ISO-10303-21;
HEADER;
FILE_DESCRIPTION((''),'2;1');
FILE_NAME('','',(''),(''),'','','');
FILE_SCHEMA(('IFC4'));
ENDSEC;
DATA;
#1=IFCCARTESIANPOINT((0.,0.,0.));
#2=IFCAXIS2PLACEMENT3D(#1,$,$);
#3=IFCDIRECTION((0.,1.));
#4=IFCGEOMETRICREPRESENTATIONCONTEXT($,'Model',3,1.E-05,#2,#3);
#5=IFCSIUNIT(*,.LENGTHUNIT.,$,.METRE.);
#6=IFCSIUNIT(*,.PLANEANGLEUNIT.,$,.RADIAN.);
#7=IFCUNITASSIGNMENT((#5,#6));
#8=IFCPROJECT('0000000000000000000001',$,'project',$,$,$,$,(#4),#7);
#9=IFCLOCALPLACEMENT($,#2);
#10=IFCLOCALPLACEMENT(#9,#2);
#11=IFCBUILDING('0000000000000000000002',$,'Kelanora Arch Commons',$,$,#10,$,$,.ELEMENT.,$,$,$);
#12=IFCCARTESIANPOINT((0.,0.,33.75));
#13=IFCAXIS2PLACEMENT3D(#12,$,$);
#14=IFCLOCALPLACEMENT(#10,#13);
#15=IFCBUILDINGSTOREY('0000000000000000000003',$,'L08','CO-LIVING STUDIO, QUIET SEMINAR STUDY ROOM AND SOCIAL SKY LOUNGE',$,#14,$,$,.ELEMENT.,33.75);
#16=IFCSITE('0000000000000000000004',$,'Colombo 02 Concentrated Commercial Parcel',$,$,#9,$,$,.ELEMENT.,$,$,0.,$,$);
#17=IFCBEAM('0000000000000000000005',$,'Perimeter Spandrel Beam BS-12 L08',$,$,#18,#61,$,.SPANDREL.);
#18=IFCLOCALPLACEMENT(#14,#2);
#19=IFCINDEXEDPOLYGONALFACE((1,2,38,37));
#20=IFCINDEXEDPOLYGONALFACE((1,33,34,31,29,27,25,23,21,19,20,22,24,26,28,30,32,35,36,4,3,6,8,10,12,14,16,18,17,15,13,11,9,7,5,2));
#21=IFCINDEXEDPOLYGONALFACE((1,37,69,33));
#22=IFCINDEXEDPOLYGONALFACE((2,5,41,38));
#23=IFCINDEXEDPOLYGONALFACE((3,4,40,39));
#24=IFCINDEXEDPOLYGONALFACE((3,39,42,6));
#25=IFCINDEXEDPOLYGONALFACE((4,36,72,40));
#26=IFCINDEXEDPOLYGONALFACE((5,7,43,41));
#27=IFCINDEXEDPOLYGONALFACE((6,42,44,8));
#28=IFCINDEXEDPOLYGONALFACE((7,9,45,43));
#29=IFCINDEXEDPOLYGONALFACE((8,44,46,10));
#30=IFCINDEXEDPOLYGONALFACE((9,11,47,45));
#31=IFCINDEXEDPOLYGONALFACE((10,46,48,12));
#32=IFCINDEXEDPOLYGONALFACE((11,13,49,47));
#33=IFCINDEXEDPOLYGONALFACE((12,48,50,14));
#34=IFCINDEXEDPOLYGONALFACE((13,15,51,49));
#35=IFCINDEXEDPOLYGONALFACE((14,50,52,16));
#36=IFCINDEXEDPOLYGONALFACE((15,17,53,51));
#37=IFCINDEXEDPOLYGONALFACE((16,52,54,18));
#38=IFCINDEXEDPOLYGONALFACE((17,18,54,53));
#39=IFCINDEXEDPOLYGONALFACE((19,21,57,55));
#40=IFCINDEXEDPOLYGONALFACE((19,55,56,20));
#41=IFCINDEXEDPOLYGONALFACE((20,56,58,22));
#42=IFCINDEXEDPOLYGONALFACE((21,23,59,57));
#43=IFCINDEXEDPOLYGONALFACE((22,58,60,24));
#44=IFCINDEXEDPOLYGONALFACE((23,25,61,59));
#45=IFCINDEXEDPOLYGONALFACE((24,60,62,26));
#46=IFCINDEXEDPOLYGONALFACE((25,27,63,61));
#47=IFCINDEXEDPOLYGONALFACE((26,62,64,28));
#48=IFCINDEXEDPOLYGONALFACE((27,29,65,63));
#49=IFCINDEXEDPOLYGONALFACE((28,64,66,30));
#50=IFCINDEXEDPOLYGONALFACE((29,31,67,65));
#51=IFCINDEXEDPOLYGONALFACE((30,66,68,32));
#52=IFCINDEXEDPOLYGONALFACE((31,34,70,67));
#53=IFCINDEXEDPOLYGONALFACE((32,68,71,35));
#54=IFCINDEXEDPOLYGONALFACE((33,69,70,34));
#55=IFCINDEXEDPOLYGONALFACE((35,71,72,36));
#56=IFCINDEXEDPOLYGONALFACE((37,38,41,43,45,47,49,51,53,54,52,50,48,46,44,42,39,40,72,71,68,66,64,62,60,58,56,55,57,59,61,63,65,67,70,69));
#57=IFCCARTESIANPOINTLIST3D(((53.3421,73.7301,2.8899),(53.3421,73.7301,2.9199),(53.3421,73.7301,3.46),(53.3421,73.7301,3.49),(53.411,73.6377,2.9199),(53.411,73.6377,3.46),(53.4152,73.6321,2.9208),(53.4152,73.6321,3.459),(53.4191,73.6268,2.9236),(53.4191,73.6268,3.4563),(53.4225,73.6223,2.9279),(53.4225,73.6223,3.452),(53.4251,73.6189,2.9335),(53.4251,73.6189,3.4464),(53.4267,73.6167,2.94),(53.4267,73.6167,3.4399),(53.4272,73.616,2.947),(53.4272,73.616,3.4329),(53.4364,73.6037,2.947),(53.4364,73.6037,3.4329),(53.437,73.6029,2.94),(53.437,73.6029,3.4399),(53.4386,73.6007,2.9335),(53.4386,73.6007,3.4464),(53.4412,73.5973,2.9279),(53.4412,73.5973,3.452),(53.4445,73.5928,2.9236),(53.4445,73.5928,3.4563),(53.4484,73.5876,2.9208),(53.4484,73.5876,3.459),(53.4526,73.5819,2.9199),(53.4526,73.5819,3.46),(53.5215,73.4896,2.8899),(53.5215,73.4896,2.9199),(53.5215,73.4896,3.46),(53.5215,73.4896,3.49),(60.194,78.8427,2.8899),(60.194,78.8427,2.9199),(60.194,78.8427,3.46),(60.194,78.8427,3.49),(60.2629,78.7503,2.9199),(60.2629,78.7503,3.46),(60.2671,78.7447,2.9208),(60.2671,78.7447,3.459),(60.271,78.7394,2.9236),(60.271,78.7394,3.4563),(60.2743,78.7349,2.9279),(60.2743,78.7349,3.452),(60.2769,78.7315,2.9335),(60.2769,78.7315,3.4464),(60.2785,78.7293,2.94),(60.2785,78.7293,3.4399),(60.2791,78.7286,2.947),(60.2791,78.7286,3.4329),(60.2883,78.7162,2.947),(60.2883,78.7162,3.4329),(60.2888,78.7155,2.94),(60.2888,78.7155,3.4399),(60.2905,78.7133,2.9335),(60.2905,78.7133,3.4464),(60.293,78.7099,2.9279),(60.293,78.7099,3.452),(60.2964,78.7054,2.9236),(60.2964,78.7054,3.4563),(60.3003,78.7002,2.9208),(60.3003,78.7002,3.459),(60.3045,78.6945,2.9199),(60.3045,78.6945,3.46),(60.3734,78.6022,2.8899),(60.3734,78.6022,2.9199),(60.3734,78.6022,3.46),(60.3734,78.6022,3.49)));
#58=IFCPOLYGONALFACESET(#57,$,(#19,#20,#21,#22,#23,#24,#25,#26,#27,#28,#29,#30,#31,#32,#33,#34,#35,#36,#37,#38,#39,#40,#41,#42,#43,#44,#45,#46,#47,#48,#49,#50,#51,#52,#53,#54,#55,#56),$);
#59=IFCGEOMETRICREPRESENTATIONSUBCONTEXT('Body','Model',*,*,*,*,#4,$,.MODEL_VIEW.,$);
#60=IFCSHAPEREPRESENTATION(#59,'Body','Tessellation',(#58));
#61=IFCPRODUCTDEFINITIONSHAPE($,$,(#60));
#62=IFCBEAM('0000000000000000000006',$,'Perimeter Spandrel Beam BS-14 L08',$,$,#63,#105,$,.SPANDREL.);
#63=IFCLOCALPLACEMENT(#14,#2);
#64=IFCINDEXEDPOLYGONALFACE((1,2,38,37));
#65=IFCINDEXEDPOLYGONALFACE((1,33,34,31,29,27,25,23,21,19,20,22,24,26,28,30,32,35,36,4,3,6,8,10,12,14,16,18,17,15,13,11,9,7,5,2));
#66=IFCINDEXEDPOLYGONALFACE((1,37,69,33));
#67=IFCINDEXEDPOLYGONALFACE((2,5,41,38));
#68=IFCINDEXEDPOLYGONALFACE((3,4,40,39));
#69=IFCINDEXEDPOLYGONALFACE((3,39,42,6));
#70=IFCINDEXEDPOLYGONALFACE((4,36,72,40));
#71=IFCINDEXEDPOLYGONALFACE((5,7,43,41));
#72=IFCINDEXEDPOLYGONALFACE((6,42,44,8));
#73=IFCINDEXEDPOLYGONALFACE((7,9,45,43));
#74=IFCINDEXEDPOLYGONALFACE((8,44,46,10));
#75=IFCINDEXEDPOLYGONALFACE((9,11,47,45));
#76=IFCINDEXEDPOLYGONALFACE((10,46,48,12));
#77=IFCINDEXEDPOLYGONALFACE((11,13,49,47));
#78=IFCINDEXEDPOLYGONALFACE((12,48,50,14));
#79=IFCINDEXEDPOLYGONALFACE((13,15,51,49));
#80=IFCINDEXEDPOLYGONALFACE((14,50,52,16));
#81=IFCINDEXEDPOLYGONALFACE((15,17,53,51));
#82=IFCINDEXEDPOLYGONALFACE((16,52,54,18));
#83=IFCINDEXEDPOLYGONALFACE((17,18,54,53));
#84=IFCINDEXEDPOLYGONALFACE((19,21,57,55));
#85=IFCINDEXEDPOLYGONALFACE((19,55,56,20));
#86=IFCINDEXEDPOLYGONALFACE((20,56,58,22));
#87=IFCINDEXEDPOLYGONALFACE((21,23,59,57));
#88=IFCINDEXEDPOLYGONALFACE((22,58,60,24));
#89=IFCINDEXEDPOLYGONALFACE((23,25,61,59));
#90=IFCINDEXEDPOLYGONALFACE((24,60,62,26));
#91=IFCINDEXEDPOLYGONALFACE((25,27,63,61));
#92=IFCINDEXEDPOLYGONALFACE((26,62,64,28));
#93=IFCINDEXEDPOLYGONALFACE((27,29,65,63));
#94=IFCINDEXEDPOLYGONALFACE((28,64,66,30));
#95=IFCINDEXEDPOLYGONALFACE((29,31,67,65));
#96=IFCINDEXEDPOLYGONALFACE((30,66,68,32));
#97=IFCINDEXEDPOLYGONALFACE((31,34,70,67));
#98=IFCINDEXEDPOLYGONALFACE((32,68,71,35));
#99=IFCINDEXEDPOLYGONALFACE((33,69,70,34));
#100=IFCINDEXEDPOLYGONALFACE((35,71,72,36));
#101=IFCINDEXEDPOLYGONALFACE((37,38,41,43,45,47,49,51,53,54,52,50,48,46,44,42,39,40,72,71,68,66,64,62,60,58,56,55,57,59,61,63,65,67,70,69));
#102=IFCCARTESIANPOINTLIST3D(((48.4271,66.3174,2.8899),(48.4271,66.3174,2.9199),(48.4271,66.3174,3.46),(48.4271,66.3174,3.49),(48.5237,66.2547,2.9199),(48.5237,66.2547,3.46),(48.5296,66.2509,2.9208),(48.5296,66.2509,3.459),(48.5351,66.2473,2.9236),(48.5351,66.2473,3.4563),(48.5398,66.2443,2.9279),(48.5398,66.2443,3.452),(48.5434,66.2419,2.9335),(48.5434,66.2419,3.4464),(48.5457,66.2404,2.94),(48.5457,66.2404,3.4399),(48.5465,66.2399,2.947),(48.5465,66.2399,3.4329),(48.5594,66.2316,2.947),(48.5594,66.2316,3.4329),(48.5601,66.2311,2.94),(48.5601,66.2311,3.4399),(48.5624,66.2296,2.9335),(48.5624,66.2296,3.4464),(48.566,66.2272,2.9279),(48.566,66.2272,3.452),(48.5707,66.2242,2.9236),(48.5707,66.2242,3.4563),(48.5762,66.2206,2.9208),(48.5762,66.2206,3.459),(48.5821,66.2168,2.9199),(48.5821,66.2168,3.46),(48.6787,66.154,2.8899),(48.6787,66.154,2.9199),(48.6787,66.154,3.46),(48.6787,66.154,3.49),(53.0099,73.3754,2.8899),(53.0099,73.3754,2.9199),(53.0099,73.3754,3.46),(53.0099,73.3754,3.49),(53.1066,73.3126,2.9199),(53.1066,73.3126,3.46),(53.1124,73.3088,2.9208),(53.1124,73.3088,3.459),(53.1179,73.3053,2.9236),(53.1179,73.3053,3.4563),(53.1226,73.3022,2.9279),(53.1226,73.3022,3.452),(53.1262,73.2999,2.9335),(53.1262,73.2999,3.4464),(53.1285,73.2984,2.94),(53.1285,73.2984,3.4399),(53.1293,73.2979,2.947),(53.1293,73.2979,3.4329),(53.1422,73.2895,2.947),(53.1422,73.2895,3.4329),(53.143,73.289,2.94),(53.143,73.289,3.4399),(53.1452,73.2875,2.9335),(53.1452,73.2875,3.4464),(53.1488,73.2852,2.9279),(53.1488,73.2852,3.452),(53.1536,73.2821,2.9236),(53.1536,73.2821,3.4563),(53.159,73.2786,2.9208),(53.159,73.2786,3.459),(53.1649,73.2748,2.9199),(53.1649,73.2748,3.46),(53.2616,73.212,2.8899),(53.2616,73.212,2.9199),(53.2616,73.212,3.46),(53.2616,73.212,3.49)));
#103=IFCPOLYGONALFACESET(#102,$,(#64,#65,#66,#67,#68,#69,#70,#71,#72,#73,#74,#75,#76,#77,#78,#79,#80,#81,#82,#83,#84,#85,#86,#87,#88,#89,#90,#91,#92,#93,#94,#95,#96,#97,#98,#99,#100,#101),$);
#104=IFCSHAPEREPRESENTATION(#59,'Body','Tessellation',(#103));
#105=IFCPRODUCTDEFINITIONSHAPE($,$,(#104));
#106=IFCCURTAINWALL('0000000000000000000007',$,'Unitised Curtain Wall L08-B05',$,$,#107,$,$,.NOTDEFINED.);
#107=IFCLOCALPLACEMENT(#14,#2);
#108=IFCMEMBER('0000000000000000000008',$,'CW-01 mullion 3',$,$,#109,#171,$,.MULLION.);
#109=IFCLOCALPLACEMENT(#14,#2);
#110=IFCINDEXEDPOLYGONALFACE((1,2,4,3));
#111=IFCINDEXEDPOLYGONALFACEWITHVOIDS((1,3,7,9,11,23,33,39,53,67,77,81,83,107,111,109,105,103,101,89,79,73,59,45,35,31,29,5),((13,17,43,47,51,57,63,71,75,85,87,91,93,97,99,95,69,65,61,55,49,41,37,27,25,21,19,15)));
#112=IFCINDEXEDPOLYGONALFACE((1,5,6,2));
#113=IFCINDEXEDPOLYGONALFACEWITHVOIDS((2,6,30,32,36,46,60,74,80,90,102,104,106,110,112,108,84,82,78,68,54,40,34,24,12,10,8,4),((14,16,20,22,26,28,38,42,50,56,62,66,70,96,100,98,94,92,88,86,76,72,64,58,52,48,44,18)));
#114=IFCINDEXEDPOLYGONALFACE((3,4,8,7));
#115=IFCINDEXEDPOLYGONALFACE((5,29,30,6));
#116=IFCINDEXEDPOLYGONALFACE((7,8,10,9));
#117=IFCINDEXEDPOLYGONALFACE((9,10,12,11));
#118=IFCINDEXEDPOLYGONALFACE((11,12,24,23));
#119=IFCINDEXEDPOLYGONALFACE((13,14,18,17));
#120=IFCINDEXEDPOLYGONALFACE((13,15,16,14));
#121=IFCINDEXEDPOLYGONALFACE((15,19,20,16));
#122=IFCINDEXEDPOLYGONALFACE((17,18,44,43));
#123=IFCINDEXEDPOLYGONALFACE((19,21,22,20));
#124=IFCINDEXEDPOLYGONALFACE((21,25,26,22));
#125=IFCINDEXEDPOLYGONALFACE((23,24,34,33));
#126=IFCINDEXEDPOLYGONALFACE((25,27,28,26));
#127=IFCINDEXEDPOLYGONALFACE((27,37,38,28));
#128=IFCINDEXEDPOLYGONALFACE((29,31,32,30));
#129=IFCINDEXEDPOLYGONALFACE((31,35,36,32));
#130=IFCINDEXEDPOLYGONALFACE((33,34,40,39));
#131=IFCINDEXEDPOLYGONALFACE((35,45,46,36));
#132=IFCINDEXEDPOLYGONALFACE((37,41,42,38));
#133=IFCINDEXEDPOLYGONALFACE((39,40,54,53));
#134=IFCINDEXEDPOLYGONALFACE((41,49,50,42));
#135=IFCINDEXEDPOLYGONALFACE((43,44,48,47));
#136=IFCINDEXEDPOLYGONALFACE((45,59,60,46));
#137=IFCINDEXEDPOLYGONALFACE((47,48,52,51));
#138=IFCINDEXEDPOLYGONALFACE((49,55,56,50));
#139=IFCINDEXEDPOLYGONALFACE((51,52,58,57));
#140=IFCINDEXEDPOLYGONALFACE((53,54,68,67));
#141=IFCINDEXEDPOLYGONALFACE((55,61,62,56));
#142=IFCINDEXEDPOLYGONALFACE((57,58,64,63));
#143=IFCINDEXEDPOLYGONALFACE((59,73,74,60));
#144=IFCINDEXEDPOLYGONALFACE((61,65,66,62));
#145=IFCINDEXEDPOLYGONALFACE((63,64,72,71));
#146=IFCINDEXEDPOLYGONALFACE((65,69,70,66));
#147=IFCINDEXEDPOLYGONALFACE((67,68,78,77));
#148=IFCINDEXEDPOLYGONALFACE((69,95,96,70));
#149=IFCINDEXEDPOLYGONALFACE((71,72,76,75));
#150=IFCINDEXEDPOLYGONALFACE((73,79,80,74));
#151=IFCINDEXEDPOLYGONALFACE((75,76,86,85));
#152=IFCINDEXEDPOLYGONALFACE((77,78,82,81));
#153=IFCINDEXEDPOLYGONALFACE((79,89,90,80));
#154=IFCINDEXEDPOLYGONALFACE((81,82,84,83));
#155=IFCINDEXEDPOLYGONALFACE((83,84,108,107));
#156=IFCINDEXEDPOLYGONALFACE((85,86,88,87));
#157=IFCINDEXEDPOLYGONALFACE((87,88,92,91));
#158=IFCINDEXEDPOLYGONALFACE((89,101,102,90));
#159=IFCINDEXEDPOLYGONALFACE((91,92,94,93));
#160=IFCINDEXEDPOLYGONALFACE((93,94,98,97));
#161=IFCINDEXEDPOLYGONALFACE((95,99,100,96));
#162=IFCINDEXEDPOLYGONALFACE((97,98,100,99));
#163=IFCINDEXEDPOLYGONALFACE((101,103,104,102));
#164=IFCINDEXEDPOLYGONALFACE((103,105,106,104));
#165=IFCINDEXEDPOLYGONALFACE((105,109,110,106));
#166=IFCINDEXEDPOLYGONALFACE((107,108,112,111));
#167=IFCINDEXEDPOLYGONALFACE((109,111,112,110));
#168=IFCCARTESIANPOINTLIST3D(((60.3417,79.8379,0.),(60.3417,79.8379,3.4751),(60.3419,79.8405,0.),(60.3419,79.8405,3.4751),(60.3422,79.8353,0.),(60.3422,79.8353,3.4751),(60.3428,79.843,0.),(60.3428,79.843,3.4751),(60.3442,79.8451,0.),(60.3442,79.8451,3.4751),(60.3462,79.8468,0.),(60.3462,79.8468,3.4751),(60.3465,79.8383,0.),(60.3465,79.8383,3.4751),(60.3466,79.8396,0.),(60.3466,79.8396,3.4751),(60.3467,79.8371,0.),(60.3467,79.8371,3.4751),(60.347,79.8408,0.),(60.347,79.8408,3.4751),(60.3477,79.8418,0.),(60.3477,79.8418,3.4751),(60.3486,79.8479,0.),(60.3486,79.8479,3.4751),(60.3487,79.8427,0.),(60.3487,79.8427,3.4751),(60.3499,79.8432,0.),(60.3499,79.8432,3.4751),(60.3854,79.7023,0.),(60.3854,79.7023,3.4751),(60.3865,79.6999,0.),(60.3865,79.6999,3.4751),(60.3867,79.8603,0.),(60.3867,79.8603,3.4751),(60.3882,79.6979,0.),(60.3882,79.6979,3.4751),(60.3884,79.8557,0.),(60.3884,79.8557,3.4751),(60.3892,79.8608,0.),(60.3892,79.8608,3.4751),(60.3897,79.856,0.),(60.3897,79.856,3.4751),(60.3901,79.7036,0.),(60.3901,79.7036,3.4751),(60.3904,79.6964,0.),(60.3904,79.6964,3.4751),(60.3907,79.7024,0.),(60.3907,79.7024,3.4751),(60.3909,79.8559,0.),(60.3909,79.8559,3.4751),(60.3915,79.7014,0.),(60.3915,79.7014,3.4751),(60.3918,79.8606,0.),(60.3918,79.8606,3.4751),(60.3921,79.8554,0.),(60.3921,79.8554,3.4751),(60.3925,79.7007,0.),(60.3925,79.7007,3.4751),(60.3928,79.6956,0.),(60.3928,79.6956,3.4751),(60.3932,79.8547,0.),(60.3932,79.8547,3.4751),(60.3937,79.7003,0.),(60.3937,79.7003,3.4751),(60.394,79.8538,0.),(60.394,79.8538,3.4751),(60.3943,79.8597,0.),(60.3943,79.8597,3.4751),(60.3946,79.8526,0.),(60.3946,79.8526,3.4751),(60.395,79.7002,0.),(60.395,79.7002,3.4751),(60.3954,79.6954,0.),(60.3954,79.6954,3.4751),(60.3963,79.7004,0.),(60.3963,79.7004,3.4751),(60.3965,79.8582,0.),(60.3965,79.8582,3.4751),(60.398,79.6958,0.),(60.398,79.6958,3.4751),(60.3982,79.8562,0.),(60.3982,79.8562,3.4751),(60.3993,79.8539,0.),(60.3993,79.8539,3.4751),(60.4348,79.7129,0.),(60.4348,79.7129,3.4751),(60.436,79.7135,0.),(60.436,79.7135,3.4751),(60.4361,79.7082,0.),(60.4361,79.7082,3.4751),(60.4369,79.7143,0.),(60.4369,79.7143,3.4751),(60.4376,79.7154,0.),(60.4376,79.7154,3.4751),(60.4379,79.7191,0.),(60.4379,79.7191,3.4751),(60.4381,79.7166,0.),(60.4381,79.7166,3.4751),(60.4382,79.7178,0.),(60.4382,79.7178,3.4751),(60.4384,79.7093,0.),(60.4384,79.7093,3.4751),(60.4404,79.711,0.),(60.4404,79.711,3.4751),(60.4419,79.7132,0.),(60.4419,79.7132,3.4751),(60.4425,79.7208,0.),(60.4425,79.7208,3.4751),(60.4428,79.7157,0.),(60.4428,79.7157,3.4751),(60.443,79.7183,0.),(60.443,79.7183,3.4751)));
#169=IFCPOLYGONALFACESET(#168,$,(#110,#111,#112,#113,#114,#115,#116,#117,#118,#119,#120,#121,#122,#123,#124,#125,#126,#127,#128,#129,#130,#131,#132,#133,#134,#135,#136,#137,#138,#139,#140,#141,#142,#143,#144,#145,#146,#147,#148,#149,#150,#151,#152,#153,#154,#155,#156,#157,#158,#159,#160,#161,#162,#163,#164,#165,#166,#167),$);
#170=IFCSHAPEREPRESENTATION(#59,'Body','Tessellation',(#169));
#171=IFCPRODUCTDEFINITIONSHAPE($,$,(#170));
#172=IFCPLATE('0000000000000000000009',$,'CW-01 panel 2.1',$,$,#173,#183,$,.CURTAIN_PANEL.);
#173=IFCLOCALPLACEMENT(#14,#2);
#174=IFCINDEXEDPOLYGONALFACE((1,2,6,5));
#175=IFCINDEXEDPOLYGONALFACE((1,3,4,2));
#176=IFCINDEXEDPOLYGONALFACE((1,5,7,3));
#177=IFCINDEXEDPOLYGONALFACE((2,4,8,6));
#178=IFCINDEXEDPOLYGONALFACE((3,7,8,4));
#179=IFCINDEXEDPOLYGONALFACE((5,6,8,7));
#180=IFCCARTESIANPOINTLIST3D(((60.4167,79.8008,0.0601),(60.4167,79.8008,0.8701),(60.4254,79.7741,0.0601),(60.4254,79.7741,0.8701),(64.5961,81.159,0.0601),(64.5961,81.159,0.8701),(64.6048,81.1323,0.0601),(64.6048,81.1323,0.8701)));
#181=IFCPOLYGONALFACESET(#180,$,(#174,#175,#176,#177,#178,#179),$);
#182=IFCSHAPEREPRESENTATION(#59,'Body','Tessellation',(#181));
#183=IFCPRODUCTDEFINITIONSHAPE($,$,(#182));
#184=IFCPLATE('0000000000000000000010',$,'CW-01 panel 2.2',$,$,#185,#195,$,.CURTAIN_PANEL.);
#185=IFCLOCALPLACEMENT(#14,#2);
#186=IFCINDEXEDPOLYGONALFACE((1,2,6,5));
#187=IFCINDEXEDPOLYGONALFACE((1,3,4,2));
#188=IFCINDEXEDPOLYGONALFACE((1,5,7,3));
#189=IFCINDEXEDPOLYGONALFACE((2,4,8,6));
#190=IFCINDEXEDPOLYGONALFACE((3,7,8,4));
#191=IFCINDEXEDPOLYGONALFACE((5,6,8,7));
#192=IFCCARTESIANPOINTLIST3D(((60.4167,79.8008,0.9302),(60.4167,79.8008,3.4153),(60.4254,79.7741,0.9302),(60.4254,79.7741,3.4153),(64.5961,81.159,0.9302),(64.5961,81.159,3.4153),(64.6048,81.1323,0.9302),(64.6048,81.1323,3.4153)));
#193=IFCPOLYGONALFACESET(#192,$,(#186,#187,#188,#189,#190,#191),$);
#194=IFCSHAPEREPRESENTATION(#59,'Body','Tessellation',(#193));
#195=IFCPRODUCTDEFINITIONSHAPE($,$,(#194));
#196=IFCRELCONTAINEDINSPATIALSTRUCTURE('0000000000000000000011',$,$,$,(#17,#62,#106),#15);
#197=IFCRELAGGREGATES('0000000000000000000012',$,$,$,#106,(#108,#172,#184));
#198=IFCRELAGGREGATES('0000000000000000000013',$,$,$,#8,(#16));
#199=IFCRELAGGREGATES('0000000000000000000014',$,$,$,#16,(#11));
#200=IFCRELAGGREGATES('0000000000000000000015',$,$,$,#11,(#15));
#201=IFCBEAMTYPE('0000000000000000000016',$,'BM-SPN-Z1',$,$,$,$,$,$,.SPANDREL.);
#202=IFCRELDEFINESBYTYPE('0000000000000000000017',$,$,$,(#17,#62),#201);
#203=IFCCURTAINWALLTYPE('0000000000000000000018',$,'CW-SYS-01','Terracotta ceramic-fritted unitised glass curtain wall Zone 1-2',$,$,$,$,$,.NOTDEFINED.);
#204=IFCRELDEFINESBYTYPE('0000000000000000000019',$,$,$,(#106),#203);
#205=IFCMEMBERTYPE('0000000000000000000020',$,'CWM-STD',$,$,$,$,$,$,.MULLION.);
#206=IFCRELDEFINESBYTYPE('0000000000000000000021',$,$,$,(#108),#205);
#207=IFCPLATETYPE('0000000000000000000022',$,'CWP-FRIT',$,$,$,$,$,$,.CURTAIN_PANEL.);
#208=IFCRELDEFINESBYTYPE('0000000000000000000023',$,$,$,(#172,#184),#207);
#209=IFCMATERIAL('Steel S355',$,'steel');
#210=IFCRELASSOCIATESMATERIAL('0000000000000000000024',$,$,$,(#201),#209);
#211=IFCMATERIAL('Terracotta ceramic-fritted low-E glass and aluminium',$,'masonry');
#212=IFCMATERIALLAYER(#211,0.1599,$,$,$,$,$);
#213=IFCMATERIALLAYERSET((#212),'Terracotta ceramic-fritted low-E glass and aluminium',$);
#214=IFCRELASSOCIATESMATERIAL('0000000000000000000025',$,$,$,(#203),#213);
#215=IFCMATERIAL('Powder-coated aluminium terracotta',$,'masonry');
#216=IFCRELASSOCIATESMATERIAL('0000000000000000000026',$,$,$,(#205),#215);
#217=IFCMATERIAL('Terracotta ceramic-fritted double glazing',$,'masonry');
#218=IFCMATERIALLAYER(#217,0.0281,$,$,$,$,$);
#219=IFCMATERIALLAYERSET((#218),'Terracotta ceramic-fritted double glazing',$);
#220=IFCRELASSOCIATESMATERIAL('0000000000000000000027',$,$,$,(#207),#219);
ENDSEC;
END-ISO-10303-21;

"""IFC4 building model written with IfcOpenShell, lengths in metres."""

from ifc_helpers import new_model, si_unit, direction, frame, origin, origin_2d, place, context, subcontext, project, spatial, rectangle, hollow_rectangle, i_section, extrude, source, transform, mapped, material, layer, layer_set, material_profile, profile_set, type_object, element, aggregate, save


model = new_model("IFC4")

# Units and contexts
model_context = context("Model", 3, precision=1e-05, world=origin(), true_north=direction((0.0, 1.0)))
body_context = subcontext(model_context, "Body", "Model", "MODEL_VIEW")
ifc_project = project(units=[si_unit("LENGTHUNIT", "METRE"), si_unit("PLANEANGLEUNIT", "RADIAN")], contexts=[model_context])

# Site, building, storey
site_placement = place(None, origin())
site = spatial("IfcSite", under=ifc_project, at=site_placement, Name="Colombo 02 Concentrated Commercial Parcel", CompositionType="ELEMENT", RefElevation=0.0)
building_placement = place(site_placement, origin())
building = spatial("IfcBuilding", under=site, at=building_placement, Name="Kelanora Arch Commons", CompositionType="ELEMENT")
storey_placement = place(building_placement, frame((0.0, 0.0, 33.75)))
storey = spatial("IfcBuildingStorey", under=building, at=storey_placement, Name="L08", Description="CO-LIVING STUDIO, QUIET SEMINAR STUDY ROOM AND SOCIAL SKY LOUNGE", CompositionType="ELEMENT", Elevation=33.75)

# Beams
ifc_material_1 = material(Name="Steel S355", Category="steel")
ifc_material_profile_1 = material_profile(ifc_material_1, i_section(OverallWidth=0.3, OverallDepth=0.6001, WebThickness=0.0154, FlangeThickness=0.03, FilletRadius=0.0271, at=origin_2d()), Name="HEB600")
ifc_profile_set_1 = profile_set([ifc_material_profile_1], Name="Steel S355")
beam_type_1 = type_object("IfcBeamType", Name="BM-SPN-Z1", PredefinedType="SPANDREL", material=ifc_profile_set_1)
beam_1_placement = place(storey_placement, frame((60.2837, 78.7224, 3.1899), z_axis=(-0.801475, -0.598029, 0.0), x_axis=(0.598029, -0.801475, 0.0)))
element("IfcBeam", 1, at=beam_1_placement, inside=storey, type_object=beam_type_1, Name="Perimeter Spandrel Beam BS-12 L08", PredefinedType="SPANDREL", context=body_context, shape_type="SweptSolid", body=[
    extrude(i_section(OverallWidth=0.3, OverallDepth=0.6001, WebThickness=0.0154, FlangeThickness=0.03, FilletRadius=0.0271, at=origin_2d()), origin(), (0.0, 0.0, 1.0), 8.5491),
])
beam_2_placement = place(storey_placement, frame((53.1357, 73.2937, 3.1899), z_axis=(-0.544583, -0.838707, 0.0), x_axis=(0.838707, -0.544583, 0.0)))
element("IfcBeam", 2, at=beam_2_placement, inside=storey, type_object=beam_type_1, Name="Perimeter Spandrel Beam BS-14 L08", PredefinedType="SPANDREL", context=body_context, shape_type="SweptSolid", body=[
    extrude(i_section(OverallWidth=0.3, OverallDepth=0.6001, WebThickness=0.0154, FlangeThickness=0.03, FilletRadius=0.0271, at=origin_2d()), origin(), (0.0, 0.0, 1.0), 8.4153),
])

# Curtain wall, member, plates
ifc_material_2 = material(Name="Terracotta ceramic-fritted low-E glass and aluminium", Category="masonry")
ifc_layer_1 = layer(ifc_material_2, 0.1599)
ifc_layer_set_1 = layer_set([ifc_layer_1], Name="Terracotta ceramic-fritted low-E glass and aluminium")
curtain_wall_type = type_object("IfcCurtainWallType", Name="CW-SYS-01", Description="Terracotta ceramic-fritted unitised glass curtain wall Zone 1-2", PredefinedType="NOTDEFINED", material=ifc_layer_set_1)
curtain_wall_placement = place(storey_placement, origin())
curtain_wall = element("IfcCurtainWall", 3, at=curtain_wall_placement, inside=storey, type_object=curtain_wall_type, Name="Unitised Curtain Wall L08-B05", PredefinedType="NOTDEFINED")
ifc_material_3 = material(Name="Powder-coated aluminium terracotta", Category="masonry")
ifc_material_profile_2 = material_profile(ifc_material_3, hollow_rectangle(XDim=0.1599, YDim=0.0601, WallThickness=0.0049, InnerFilletRadius=0.0049, OuterFilletRadius=0.01, at=origin_2d()), Name="CWM160x60")
ifc_profile_set_2 = profile_set([ifc_material_profile_2], Name="Powder-coated aluminium terracotta")
member_type = type_object("IfcMemberType", Name="CWM-STD", PredefinedType="MULLION", material=ifc_profile_set_2)
member_placement = place(storey_placement, frame((60.3923, 79.7781, 0.0), z_axis=(0.0, 0.0, 1.0), x_axis=(0.309058, -0.951043, 0.0)))
member = element("IfcMember", 4, at=member_placement, type_object=member_type, Name="CW-01 mullion 3", PredefinedType="MULLION", context=body_context, shape_type="SweptSolid", body=[
    extrude(hollow_rectangle(XDim=0.1599, YDim=0.0601, WallThickness=0.0049, InnerFilletRadius=0.0049, OuterFilletRadius=0.01, at=origin_2d()), origin(), (0.0, 0.0, 1.0), 3.4751),
])
ifc_material_4 = material(Name="Terracotta ceramic-fritted double glazing", Category="masonry")
ifc_layer_2 = layer(ifc_material_4, 0.0281)
ifc_layer_set_2 = layer_set([ifc_layer_2], Name="Terracotta ceramic-fritted double glazing")
plate_type = type_object("IfcPlateType", Name="CWP-FRIT", PredefinedType="CURTAIN_PANEL", material=ifc_layer_set_2)
shared_shape_1 = source(origin(), body_context, "Body", "SweptSolid", [
    extrude(rectangle(XDim=4.3945, YDim=0.0281, at=origin_2d()), origin(), (0.0, 0.0, 1.0), 0.8101),
])
plate_1_placement = place(storey_placement, frame((62.5107, 80.4666, 0.0601), z_axis=(0.0, 0.0, 1.0), x_axis=(-0.951043, -0.309058, 0.0)))
plate_1 = element("IfcPlate", 5, at=plate_1_placement, type_object=plate_type, Name="CW-01 panel 2.1", PredefinedType="CURTAIN_PANEL", context=body_context, shape_type="MappedRepresentation", body=[
    mapped(shared_shape_1, transform((0.0, 0.0, 0.0), scale=1.0)),
])
shared_shape_2 = source(origin(), body_context, "Body", "SweptSolid", [
    extrude(rectangle(XDim=4.3945, YDim=0.0281, at=origin_2d()), origin(), (0.0, 0.0, 1.0), 2.4851),
])
plate_2_placement = place(storey_placement, frame((62.5107, 80.4666, 0.9302), z_axis=(0.0, 0.0, 1.0), x_axis=(-0.951043, -0.309058, 0.0)))
plate_2 = element("IfcPlate", 6, at=plate_2_placement, type_object=plate_type, Name="CW-01 panel 2.2", PredefinedType="CURTAIN_PANEL", context=body_context, shape_type="MappedRepresentation", body=[
    mapped(shared_shape_2, transform((0.0, 0.0, 0.0), scale=1.0)),
])
aggregate(curtain_wall, [member, plate_1, plate_2])

save(model, "model.ifc")
